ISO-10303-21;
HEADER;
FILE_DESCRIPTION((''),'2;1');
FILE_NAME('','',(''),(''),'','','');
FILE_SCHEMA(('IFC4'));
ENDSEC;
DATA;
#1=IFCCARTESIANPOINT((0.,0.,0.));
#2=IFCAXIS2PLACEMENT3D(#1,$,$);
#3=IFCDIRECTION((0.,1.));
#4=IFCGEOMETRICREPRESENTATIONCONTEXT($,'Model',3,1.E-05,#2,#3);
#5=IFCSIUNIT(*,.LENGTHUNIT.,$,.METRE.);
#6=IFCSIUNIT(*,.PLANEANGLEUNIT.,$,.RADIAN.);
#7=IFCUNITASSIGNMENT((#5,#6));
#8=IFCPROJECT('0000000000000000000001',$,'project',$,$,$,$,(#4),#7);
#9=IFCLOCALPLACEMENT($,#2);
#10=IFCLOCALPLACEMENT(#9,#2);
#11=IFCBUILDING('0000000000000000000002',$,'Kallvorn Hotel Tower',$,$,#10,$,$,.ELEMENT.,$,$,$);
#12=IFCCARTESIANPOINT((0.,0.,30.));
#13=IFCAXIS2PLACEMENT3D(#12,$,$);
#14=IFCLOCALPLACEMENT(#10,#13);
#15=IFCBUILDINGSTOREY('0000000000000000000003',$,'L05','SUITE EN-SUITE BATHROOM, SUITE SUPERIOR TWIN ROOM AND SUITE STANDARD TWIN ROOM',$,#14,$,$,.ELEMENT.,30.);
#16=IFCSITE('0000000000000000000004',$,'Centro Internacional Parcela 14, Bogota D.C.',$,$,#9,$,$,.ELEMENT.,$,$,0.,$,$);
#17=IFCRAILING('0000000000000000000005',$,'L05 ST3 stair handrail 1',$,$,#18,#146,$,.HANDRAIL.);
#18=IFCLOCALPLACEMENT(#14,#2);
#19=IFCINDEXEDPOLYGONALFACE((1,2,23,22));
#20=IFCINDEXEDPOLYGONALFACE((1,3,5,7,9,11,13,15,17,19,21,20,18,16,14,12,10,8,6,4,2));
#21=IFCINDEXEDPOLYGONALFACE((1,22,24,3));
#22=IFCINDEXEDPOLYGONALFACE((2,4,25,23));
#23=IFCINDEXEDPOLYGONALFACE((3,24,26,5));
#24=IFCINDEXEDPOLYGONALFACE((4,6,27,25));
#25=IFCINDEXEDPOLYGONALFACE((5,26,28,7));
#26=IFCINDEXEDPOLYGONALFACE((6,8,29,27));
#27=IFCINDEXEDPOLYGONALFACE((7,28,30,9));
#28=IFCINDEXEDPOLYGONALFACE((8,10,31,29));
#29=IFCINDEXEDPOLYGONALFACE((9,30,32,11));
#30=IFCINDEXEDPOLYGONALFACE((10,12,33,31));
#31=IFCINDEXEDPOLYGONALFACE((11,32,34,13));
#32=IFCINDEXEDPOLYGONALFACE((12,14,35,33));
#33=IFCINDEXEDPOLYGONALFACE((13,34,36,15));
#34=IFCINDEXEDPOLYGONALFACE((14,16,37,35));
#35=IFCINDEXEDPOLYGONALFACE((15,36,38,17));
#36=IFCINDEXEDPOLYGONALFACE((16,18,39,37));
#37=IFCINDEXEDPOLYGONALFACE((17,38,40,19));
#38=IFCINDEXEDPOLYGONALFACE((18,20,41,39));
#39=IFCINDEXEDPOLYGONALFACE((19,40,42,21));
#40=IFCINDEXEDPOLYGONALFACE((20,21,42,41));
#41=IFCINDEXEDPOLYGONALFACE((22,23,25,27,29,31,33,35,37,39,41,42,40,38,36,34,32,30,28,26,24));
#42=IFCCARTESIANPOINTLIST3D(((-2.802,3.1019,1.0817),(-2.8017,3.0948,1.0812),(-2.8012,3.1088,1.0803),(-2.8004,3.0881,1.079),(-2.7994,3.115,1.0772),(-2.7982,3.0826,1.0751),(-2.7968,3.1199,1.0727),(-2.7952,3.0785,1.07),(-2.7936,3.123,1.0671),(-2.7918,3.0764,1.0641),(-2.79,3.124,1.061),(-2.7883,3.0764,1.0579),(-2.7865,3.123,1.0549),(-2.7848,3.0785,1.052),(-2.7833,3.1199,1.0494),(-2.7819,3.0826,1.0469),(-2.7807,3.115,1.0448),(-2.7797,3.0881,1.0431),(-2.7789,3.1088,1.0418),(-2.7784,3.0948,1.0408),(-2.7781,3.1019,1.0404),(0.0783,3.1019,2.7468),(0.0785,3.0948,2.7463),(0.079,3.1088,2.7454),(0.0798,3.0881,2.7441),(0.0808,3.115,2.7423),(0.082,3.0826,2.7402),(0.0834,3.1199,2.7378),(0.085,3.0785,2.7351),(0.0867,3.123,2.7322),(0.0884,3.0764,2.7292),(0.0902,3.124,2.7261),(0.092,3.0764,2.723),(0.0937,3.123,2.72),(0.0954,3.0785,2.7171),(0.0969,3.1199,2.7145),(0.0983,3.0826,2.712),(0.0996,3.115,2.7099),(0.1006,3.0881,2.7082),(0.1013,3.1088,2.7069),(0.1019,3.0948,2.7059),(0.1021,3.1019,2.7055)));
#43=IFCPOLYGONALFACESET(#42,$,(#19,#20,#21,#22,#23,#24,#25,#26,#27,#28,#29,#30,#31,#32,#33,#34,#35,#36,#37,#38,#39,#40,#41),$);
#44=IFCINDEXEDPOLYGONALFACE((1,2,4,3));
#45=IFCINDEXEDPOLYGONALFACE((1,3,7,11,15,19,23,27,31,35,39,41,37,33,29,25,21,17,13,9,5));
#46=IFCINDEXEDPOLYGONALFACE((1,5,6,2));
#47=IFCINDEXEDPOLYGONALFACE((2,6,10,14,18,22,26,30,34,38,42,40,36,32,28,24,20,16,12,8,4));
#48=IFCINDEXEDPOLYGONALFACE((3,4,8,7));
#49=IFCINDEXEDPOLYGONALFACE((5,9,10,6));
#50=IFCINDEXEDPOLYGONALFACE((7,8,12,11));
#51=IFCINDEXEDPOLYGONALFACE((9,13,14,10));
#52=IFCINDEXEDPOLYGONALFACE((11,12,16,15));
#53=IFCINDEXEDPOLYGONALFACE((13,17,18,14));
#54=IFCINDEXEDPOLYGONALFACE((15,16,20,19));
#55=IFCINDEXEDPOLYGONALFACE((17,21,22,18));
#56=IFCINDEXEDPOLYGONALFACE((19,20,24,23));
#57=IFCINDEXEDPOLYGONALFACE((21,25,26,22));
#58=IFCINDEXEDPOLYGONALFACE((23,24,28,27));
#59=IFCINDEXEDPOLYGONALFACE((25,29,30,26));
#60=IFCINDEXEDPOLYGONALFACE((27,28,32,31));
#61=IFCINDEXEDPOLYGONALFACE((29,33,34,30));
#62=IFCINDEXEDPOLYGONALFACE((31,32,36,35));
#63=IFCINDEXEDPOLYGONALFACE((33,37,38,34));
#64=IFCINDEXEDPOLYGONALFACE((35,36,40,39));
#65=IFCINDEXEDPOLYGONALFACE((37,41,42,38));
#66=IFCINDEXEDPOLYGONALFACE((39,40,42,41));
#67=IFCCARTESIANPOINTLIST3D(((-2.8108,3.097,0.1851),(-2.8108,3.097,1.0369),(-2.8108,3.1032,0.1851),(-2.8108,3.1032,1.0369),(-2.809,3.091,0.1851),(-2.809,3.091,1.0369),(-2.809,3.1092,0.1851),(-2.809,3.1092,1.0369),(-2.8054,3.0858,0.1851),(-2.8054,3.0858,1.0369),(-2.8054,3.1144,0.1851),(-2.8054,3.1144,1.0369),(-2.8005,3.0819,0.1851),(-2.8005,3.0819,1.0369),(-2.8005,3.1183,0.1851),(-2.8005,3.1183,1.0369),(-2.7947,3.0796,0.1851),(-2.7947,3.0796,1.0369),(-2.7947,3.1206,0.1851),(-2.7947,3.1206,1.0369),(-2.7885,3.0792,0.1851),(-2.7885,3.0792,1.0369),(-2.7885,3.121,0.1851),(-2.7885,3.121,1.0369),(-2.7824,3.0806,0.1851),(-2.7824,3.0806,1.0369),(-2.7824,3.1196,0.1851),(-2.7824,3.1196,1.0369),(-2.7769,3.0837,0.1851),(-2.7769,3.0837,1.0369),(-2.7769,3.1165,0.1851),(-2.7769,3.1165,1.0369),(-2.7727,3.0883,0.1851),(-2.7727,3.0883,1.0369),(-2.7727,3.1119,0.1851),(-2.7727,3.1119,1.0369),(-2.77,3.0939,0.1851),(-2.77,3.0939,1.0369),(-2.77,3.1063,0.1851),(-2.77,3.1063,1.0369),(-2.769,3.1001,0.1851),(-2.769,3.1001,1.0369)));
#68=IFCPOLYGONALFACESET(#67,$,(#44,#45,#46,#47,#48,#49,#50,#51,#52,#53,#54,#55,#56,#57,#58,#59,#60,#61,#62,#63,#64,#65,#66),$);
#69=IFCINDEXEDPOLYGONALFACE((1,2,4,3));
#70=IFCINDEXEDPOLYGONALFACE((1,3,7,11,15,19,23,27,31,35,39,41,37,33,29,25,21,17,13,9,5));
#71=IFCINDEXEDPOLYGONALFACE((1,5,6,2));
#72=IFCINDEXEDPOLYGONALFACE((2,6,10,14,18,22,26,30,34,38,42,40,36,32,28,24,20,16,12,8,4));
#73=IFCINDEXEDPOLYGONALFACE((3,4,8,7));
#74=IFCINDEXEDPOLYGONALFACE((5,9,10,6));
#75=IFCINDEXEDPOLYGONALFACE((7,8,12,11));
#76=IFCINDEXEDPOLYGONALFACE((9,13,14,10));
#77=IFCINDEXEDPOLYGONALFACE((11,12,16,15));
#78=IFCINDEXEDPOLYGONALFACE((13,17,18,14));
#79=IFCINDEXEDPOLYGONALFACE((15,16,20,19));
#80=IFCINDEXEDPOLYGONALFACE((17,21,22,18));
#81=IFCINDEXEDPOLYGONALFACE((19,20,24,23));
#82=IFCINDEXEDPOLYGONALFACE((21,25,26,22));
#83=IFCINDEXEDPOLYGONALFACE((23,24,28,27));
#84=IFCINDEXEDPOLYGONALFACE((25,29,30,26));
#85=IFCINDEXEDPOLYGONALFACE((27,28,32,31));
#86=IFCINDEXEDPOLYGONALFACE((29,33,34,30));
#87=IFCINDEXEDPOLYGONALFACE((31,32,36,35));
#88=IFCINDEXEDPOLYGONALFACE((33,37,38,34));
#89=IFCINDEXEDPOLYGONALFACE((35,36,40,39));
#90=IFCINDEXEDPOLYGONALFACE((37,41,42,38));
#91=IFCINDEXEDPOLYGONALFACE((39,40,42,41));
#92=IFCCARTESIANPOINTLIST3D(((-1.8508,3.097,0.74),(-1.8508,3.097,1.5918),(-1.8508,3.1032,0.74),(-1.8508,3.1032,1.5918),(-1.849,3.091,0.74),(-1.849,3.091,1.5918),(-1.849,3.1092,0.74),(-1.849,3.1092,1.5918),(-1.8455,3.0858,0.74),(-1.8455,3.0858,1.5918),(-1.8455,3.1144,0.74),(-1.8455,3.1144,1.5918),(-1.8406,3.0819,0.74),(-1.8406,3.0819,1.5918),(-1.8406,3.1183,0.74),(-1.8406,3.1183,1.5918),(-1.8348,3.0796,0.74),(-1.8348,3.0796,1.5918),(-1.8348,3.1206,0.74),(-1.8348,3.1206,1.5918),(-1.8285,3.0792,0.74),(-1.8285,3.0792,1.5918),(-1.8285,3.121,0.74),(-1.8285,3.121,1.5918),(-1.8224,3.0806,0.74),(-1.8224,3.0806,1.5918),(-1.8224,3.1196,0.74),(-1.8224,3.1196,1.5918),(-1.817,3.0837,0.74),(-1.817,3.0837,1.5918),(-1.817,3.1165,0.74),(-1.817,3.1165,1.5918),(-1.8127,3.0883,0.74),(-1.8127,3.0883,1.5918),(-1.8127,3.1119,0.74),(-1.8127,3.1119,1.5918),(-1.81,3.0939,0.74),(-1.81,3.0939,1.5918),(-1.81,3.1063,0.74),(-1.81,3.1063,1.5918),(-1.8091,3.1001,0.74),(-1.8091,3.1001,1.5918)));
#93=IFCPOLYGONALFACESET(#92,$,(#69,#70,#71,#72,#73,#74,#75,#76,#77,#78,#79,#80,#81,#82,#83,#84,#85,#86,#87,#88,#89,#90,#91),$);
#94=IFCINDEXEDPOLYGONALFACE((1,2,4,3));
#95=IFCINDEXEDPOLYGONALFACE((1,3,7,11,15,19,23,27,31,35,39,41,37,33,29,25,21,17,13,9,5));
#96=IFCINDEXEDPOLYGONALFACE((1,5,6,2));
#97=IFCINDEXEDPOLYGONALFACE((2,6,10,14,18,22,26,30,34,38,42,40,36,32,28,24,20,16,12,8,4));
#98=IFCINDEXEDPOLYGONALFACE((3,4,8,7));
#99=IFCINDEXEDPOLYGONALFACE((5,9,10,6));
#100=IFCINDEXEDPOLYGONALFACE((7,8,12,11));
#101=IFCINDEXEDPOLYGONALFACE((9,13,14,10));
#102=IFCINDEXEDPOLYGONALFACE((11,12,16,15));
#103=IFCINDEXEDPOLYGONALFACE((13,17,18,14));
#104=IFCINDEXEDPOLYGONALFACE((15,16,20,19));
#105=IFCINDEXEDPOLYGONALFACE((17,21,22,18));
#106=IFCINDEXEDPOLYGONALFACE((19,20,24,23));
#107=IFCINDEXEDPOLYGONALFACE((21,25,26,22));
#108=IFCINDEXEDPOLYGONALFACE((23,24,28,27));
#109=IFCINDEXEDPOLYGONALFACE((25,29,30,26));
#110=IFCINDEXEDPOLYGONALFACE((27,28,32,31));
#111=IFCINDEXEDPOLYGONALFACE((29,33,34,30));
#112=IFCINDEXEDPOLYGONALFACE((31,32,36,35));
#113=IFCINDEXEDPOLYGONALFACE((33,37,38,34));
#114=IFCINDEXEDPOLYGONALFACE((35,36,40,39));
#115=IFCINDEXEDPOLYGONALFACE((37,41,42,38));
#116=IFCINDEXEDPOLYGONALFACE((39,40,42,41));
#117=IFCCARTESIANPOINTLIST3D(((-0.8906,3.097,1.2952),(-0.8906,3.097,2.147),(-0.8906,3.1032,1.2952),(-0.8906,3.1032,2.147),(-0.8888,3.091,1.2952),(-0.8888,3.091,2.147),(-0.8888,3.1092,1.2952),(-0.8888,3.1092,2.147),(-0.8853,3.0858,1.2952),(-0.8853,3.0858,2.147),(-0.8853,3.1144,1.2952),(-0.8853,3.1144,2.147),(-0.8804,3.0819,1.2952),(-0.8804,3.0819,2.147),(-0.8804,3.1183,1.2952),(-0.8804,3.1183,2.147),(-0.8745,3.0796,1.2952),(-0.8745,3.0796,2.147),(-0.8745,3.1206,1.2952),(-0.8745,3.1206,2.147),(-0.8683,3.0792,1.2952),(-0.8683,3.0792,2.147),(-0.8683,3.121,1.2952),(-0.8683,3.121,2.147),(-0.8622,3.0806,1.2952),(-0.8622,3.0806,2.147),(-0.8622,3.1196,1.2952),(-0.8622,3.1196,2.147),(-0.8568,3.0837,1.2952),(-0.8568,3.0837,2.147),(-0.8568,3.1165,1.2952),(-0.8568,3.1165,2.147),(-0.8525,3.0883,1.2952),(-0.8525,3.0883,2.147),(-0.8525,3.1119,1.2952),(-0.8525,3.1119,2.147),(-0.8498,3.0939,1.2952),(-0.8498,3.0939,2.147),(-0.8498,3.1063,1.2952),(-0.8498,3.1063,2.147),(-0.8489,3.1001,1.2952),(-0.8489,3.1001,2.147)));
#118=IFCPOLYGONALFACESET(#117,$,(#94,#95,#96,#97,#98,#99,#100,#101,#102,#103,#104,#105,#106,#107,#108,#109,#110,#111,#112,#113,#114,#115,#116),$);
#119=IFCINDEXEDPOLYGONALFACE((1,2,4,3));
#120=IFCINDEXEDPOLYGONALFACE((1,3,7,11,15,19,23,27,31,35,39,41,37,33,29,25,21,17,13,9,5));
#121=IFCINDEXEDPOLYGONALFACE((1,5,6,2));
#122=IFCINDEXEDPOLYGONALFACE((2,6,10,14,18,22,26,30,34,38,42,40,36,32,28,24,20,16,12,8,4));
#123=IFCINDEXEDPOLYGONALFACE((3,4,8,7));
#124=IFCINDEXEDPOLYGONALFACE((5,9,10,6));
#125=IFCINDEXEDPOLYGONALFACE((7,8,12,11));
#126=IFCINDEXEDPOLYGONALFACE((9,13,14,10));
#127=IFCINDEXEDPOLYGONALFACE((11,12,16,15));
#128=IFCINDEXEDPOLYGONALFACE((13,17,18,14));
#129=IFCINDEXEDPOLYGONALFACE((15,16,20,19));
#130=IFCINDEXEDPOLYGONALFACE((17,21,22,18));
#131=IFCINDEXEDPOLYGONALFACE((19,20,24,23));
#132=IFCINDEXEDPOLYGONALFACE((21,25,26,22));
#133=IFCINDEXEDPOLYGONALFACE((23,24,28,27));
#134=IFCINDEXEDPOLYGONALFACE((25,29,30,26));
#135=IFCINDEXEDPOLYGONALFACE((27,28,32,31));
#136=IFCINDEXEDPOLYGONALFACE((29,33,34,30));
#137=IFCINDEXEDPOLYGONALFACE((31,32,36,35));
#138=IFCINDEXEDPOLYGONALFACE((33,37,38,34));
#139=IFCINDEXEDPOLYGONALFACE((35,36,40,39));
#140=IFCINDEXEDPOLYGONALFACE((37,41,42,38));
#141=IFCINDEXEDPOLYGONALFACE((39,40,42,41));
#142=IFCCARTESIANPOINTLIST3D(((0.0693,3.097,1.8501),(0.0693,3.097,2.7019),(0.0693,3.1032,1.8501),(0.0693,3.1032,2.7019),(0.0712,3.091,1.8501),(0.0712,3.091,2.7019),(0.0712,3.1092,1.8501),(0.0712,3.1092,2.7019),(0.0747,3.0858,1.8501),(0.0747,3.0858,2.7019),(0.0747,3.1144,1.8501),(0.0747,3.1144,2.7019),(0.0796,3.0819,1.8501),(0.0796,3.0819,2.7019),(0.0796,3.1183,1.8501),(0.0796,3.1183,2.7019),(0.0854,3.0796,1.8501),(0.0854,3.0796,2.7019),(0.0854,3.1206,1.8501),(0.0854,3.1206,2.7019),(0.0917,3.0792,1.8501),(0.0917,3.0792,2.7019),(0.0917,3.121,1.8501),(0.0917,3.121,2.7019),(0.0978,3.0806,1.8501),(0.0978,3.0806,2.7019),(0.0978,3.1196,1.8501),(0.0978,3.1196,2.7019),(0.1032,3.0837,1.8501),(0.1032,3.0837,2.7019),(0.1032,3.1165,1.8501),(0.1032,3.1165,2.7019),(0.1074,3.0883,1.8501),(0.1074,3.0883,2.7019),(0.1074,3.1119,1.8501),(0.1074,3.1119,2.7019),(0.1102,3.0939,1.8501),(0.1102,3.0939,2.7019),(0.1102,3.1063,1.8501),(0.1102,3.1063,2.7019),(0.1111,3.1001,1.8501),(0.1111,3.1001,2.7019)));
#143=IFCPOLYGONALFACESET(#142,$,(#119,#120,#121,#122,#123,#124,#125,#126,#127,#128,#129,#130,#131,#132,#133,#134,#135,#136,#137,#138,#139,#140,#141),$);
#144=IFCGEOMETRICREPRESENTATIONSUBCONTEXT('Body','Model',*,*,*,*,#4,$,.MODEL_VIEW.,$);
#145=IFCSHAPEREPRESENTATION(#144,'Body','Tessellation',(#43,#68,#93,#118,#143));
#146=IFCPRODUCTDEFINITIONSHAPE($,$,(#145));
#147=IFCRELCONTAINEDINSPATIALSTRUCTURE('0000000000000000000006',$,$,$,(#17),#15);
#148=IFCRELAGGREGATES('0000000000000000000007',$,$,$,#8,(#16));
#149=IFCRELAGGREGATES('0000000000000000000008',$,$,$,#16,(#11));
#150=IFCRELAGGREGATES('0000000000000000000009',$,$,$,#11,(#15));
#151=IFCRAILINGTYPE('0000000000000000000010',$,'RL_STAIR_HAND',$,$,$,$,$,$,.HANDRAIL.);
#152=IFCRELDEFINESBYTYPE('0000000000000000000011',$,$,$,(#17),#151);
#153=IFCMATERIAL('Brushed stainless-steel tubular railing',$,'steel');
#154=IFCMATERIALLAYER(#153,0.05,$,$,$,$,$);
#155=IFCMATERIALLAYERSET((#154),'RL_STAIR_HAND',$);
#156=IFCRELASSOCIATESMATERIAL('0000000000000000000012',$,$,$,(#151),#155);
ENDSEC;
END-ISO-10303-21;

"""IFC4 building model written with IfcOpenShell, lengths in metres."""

from ifc_helpers import new_model, si_unit, direction, frame, origin, origin_2d, place, context, subcontext, project, spatial, circle, extrude, material, layer, layer_set, type_object, element, save


model = new_model("IFC4")

# Units and contexts
model_context = context("Model", 3, precision=1e-05, world=origin(), true_north=direction((0.0, 1.0)))
body_context = subcontext(model_context, "Body", "Model", "MODEL_VIEW")
ifc_project = project(units=[si_unit("LENGTHUNIT", "METRE"), si_unit("PLANEANGLEUNIT", "RADIAN")], contexts=[model_context])

# Site, building, storey
site_placement = place(None, origin())
site = spatial("IfcSite", under=ifc_project, at=site_placement, Name="Centro Internacional Parcela 14, Bogota D.C.", CompositionType="ELEMENT", RefElevation=0.0)
building_placement = place(site_placement, origin())
building = spatial("IfcBuilding", under=site, at=building_placement, Name="Kallvorn Hotel Tower", CompositionType="ELEMENT")
storey_placement = place(building_placement, frame((0.0, 0.0, 30.0)))
storey = spatial("IfcBuildingStorey", under=building, at=storey_placement, Name="L05", Description="SUITE EN-SUITE BATHROOM, SUITE SUPERIOR TWIN ROOM AND SUITE STANDARD TWIN ROOM", CompositionType="ELEMENT", Elevation=30.0)

# Railing
ifc_material_1 = material(Name="Brushed stainless-steel tubular railing", Category="steel")
ifc_layer_1 = layer(ifc_material_1, 0.05)
ifc_layer_set_1 = layer_set([ifc_layer_1], Name="RL_STAIR_HAND")
railing_type_1 = type_object("IfcRailingType", Name="RL_STAIR_HAND", PredefinedType="HANDRAIL", material=ifc_layer_set_1)
railing_1_placement = place(storey_placement, frame((-2.79, 3.1001, 0.1851)))
element("IfcRailing", 1, at=railing_1_placement, inside=storey, type_object=railing_type_1, Name="L05 ST3 stair handrail 1", PredefinedType="HANDRAIL", context=body_context, shape_type="SweptSolid", body=[
    extrude(circle(Radius=0.0239, at=origin_2d()), frame((0.0, 0.0, 0.876), z_axis=(0.865739, 0.0, 0.500495), x_axis=(0.0, 1.0, 0.0)), (0.0, 0.0, 1.0), 3.3269),
    extrude(circle(Radius=0.021, at=origin_2d()), origin(), (0.0, 0.0, 1.0), 0.8518),
    extrude(circle(Radius=0.021, at=origin_2d()), frame((0.96, 0.0, 0.5549)), (0.0, 0.0, 1.0), 0.8518),
    extrude(circle(Radius=0.021, at=origin_2d()), frame((1.9202, 0.0, 1.1101)), (0.0, 0.0, 1.0), 0.8518),
    extrude(circle(Radius=0.021, at=origin_2d()), frame((2.8801, 0.0, 1.665)), (0.0, 0.0, 1.0), 0.8518),
])

save(model, "model.ifc")
